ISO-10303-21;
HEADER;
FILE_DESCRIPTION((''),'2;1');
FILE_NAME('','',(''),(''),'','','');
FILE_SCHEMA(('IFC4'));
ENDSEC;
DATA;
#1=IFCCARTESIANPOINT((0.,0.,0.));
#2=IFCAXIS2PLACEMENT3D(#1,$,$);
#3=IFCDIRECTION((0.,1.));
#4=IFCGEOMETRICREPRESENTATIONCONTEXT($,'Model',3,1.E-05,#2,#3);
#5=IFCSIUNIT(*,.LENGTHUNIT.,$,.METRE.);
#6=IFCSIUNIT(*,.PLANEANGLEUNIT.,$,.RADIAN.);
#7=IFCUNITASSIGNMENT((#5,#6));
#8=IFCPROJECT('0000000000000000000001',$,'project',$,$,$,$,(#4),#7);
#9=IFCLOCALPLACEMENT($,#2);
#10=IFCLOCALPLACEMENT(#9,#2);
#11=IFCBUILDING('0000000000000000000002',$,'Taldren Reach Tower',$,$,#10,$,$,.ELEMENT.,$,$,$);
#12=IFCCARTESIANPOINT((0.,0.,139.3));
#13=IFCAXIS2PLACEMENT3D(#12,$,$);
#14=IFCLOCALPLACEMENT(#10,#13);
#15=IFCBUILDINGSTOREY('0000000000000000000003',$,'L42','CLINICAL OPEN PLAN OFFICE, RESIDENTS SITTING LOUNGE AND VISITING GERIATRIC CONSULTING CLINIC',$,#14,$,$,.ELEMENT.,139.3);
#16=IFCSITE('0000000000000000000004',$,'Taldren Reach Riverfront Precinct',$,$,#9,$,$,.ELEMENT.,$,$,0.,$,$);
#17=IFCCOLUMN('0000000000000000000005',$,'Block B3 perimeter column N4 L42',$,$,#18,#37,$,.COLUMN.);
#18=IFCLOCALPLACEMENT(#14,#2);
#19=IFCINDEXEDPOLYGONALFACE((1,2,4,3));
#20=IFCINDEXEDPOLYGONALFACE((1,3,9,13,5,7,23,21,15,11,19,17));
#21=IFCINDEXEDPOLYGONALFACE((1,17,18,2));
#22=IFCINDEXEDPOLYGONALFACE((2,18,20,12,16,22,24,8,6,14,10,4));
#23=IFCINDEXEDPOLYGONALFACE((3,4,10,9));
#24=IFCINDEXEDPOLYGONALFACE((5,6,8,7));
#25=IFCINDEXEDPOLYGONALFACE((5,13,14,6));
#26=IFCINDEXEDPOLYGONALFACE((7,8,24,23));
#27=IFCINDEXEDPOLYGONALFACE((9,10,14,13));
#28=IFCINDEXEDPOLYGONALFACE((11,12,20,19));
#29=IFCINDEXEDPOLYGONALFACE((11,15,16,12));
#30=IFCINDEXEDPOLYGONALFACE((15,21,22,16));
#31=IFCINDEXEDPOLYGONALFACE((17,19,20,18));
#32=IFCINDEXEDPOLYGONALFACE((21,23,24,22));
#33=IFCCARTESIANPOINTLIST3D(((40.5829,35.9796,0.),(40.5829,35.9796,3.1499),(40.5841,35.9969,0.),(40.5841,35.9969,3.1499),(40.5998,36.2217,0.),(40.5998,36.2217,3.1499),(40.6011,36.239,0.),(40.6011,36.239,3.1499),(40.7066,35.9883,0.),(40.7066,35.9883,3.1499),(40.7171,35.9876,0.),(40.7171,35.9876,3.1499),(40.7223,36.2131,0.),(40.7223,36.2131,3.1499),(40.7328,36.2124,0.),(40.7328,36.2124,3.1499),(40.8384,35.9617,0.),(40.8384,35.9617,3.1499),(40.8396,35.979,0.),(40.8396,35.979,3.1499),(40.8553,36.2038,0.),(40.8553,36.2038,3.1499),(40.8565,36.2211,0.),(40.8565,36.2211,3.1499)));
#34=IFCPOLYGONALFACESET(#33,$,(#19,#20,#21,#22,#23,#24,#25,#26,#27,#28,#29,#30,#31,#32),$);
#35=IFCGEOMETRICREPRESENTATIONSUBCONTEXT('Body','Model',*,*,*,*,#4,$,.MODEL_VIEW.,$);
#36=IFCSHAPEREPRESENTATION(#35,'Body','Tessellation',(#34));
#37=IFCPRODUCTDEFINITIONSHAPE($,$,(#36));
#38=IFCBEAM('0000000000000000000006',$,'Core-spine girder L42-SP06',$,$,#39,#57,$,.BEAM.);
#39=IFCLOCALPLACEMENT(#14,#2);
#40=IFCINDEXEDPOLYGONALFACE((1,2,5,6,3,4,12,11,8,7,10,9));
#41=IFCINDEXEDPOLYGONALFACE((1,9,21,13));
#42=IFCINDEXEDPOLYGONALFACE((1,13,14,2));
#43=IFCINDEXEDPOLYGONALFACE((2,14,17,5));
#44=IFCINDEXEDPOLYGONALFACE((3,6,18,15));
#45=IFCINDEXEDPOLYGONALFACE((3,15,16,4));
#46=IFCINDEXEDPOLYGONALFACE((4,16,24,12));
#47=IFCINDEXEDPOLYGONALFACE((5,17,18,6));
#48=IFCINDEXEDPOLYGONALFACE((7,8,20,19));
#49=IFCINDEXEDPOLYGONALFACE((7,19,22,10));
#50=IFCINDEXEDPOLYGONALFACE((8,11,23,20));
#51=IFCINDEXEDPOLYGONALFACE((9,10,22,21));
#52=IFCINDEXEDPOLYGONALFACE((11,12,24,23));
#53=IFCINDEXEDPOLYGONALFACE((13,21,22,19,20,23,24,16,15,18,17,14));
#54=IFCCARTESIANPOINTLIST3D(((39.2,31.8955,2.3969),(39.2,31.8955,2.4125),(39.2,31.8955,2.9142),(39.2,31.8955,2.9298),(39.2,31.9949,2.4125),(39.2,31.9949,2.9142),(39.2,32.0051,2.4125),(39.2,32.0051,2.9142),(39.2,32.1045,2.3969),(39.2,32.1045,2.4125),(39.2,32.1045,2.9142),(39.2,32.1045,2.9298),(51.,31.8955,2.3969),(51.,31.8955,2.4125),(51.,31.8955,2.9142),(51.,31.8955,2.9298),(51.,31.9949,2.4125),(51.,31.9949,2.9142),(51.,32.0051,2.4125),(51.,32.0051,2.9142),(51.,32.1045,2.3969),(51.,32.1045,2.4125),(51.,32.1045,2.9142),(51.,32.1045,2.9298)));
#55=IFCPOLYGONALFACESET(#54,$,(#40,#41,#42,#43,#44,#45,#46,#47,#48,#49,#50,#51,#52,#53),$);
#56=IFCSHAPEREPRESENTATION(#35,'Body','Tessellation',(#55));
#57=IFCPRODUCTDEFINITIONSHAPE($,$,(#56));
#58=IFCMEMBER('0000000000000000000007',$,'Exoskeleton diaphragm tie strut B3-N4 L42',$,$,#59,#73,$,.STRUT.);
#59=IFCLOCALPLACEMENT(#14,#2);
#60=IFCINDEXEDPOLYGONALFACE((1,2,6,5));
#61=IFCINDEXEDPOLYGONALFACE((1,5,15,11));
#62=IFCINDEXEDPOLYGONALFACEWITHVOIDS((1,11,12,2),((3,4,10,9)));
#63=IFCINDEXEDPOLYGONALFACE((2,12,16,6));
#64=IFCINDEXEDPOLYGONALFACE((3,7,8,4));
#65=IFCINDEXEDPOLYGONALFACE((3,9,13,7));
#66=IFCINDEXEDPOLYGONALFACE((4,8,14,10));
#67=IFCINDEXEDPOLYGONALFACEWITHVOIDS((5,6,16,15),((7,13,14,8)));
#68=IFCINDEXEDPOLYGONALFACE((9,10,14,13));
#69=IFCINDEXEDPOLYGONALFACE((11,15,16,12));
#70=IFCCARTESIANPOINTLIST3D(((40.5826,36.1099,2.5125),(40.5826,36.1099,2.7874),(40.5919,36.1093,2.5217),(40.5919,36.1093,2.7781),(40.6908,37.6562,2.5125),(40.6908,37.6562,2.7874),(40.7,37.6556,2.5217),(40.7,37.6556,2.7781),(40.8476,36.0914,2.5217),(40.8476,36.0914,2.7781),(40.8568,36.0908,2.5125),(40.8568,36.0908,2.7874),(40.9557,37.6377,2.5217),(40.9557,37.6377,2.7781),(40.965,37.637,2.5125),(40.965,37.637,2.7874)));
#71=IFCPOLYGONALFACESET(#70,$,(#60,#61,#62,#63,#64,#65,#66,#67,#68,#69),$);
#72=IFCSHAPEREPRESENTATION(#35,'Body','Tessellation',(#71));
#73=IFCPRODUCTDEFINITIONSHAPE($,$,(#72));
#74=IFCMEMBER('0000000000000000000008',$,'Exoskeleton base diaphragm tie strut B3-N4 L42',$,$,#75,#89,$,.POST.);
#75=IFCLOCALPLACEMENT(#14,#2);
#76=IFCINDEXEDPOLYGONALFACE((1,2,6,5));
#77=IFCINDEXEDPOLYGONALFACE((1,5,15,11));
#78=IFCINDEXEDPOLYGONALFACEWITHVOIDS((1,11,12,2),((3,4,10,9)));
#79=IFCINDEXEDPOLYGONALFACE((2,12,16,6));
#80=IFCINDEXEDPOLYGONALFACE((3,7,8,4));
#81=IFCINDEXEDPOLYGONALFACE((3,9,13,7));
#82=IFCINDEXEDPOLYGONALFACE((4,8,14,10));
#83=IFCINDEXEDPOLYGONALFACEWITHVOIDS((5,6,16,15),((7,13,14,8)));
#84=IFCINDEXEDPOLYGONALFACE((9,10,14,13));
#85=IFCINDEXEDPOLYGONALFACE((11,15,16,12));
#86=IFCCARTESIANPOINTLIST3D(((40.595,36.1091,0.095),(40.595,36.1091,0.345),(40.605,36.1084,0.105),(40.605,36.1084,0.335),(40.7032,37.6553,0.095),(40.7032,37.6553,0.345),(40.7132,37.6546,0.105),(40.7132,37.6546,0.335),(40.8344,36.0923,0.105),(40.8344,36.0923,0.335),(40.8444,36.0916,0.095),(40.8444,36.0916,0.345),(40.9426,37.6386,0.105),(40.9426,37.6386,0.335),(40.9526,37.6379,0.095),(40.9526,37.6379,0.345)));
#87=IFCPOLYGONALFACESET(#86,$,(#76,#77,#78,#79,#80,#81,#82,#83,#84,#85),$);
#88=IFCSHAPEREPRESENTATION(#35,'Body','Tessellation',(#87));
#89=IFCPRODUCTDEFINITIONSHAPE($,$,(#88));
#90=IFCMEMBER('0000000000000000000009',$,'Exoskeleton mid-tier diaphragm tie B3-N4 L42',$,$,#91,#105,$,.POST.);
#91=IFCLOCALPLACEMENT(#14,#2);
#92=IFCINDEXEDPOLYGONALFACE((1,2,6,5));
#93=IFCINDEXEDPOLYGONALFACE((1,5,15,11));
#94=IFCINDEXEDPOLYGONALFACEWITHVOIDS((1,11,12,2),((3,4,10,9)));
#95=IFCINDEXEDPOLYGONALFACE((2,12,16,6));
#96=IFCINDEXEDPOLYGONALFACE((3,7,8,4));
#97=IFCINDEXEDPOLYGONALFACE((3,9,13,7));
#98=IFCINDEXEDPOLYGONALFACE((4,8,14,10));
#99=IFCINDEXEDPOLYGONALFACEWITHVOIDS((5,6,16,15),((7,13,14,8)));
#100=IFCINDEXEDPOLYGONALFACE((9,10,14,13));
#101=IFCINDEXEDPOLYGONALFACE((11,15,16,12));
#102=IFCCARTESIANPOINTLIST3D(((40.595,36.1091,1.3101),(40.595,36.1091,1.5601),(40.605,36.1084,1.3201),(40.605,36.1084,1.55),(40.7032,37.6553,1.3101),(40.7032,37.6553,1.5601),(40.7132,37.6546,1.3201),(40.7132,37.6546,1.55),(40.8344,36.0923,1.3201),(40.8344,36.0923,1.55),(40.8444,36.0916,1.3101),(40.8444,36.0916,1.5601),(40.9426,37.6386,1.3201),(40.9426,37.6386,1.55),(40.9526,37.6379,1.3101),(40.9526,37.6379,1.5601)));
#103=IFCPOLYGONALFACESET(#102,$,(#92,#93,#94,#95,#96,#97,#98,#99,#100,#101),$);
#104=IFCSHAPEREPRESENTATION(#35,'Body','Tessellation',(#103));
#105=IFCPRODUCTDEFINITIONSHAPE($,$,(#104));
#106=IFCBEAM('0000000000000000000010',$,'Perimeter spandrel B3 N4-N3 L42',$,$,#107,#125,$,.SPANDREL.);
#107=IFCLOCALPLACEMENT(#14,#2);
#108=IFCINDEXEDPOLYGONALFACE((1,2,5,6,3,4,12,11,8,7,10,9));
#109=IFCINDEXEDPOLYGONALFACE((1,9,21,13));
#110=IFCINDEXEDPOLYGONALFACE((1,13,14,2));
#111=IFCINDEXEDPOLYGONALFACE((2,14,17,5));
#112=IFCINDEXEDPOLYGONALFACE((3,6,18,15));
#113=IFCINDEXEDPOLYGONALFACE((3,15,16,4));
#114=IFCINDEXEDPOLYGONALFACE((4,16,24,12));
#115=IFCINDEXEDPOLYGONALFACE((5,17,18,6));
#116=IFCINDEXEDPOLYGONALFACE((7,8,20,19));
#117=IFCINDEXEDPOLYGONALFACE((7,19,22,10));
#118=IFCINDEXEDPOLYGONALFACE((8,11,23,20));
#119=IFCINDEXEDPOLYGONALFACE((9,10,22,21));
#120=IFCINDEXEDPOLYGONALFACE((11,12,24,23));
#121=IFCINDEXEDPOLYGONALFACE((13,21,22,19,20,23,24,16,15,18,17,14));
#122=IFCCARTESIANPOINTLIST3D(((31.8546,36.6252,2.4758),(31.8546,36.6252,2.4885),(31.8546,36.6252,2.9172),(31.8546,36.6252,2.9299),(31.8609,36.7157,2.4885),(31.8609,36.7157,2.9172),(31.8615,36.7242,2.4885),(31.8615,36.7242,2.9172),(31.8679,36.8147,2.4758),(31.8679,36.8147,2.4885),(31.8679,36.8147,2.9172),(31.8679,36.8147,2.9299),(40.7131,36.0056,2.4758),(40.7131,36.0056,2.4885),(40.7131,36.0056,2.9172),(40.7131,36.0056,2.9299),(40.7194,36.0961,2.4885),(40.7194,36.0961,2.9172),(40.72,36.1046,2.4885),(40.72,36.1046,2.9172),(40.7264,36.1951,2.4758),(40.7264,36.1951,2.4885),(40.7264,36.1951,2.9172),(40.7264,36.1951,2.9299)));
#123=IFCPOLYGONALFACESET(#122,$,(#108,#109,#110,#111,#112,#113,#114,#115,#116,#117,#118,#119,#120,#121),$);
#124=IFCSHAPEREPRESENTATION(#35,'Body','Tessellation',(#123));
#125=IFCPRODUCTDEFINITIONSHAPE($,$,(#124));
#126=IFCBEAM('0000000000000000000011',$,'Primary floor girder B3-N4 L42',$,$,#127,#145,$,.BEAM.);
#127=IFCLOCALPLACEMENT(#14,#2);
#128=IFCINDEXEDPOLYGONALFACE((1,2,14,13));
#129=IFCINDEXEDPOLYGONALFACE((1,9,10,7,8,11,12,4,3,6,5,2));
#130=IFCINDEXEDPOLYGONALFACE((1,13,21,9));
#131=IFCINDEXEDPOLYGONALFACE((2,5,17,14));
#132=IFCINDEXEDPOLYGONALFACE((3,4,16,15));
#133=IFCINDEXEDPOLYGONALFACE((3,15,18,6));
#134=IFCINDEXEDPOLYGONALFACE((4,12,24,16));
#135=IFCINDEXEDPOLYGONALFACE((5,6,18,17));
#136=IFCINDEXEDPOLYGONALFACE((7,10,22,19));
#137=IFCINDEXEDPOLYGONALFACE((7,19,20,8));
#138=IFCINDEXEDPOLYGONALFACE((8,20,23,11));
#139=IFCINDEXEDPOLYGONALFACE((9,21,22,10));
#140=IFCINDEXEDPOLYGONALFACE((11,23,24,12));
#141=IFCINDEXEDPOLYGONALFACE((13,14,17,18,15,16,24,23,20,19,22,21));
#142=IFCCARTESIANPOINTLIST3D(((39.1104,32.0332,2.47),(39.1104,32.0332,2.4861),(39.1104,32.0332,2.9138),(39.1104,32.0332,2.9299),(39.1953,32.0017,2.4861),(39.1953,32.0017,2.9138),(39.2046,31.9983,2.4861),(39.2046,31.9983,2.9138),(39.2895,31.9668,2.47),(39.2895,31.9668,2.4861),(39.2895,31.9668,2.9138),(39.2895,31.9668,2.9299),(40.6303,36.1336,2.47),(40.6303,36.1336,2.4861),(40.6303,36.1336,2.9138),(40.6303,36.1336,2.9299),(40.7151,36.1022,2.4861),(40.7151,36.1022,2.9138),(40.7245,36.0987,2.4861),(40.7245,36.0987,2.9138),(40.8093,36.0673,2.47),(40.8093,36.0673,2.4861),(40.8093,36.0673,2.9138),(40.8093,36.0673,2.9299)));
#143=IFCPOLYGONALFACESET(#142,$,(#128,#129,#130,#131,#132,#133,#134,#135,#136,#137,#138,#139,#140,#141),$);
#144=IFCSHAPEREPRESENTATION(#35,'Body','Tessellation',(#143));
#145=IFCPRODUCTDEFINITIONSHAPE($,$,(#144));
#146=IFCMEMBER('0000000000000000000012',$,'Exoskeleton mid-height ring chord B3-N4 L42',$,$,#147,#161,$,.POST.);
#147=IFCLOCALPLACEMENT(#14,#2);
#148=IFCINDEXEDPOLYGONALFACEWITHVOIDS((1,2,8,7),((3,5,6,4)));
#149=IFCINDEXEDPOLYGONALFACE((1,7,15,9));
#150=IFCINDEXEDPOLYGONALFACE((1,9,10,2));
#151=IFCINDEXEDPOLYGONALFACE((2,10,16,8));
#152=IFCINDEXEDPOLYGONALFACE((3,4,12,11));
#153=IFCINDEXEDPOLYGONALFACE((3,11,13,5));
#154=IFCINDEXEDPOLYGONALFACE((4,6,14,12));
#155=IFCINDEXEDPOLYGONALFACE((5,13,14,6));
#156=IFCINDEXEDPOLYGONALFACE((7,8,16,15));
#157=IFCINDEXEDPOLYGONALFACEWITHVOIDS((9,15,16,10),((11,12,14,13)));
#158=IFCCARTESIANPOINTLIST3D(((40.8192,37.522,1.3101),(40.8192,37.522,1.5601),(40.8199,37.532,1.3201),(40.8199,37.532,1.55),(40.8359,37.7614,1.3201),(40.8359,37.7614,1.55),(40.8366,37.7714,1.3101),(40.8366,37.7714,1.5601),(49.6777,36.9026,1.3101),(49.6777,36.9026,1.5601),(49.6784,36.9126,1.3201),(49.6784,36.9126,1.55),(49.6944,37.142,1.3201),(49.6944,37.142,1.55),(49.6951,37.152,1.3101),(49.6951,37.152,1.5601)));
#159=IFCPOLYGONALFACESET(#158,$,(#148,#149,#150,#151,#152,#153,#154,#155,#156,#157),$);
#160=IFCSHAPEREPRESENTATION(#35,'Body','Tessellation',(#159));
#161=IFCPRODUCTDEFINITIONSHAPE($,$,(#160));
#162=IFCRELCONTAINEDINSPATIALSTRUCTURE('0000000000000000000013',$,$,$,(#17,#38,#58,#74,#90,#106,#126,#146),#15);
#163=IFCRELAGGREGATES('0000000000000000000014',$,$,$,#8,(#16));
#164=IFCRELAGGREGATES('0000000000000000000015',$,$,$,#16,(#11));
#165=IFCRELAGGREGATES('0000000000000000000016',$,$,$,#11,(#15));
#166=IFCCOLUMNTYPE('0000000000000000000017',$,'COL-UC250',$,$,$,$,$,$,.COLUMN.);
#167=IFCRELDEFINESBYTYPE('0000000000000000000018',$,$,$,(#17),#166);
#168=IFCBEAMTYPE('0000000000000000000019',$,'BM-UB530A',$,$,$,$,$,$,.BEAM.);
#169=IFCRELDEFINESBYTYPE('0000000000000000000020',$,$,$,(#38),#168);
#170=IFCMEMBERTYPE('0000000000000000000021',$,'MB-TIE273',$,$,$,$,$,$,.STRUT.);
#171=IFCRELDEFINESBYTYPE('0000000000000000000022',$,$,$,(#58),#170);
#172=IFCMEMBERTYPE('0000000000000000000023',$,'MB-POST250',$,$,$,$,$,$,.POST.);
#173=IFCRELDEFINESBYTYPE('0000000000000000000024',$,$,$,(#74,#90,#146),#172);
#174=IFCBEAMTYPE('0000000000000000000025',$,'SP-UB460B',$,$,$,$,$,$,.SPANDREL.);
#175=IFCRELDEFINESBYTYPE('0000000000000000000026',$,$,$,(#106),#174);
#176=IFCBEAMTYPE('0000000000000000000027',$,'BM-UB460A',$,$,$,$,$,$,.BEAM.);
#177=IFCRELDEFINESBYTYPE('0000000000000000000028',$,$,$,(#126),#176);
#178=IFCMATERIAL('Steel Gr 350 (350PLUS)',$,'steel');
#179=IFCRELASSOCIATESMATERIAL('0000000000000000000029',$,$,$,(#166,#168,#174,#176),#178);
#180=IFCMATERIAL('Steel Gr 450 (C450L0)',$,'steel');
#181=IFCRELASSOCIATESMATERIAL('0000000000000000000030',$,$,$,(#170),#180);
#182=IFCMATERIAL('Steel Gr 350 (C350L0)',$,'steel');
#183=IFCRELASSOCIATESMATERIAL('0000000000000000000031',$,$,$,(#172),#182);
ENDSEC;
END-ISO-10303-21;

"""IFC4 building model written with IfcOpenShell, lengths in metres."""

from ifc_helpers import new_model, si_unit, direction, frame, origin, origin_2d, place, context, subcontext, project, spatial, hollow_rectangle, i_section, extrude, source, transform, mapped, material, material_profile, profile_set, type_object, element, save


model = new_model("IFC4")

# Units and contexts
model_context = context("Model", 3, precision=1e-05, world=origin(), true_north=direction((0.0, 1.0)))
body_context = subcontext(model_context, "Body", "Model", "MODEL_VIEW")
ifc_project = project(units=[si_unit("LENGTHUNIT", "METRE"), si_unit("PLANEANGLEUNIT", "RADIAN")], contexts=[model_context])

# Site, building, storey
site_placement = place(None, origin())
site = spatial("IfcSite", under=ifc_project, at=site_placement, Name="Taldren Reach Riverfront Precinct", CompositionType="ELEMENT", RefElevation=0.0)
building_placement = place(site_placement, origin())
building = spatial("IfcBuilding", under=site, at=building_placement, Name="Taldren Reach Tower", CompositionType="ELEMENT")
storey_placement = place(building_placement, frame((0.0, 0.0, 139.3)))
storey = spatial("IfcBuildingStorey", under=building, at=storey_placement, Name="L42", Description="CLINICAL OPEN PLAN OFFICE, RESIDENTS SITTING LOUNGE AND VISITING GERIATRIC CONSULTING CLINIC", CompositionType="ELEMENT", Elevation=139.3)

# Column
ifc_material_1 = material(Name="Steel Gr 350 (350PLUS)", Category="steel")
ifc_material_profile_1 = material_profile(ifc_material_1, i_section(OverallWidth=0.2561, OverallDepth=0.26, WebThickness=0.0105, FlangeThickness=0.0173, at=origin_2d()), Name="250UC89.5")
ifc_profile_set_1 = profile_set([ifc_material_profile_1], Name="Steel Gr 350 (350PLUS)")
column_type = type_object("IfcColumnType", Name="COL-UC250", PredefinedType="COLUMN", material=ifc_profile_set_1)
shared_shape_1 = source(origin(), body_context, "Body", "SweptSolid", [
    extrude(i_section(OverallWidth=0.2561, OverallDepth=0.26, WebThickness=0.0105, FlangeThickness=0.0173, at=origin_2d()), origin(), (0.0, 0.0, 1.0), 3.1499),
])
column_placement = place(storey_placement, frame((40.7197, 36.1003, 0.0), z_axis=(0.0, 0.0, 1.0), x_axis=(0.997564, -0.069756, 0.0)))
element("IfcColumn", 1, at=column_placement, inside=storey, type_object=column_type, Name="Block B3 perimeter column N4 L42", PredefinedType="COLUMN", context=body_context, shape_type="MappedRepresentation", body=[
    mapped(shared_shape_1, transform((0.0, 0.0, 0.0), scale=1.0)),
])

# Beam
ifc_material_profile_2 = material_profile(ifc_material_1, i_section(OverallWidth=0.209, OverallDepth=0.533, WebThickness=0.0103, FlangeThickness=0.0156, at=origin_2d()), Name="530UB92.4")
ifc_profile_set_2 = profile_set([ifc_material_profile_2], Name="Steel Gr 350 (350PLUS)")
beam_type_1 = type_object("IfcBeamType", Name="BM-UB530A", PredefinedType="BEAM", material=ifc_profile_set_2)
shared_shape_2 = source(origin(), body_context, "Body", "SweptSolid", [
    extrude(i_section(OverallWidth=0.209, OverallDepth=0.533, WebThickness=0.0103, FlangeThickness=0.0156, at=origin_2d()), origin(), (0.0, 0.0, 1.0), 11.8),
])
beam_1_placement = place(storey_placement, frame((39.2, 32.0, 2.6633), z_axis=(1.0, 0.0, 0.0), x_axis=(0.0, 1.0, 0.0)))
element("IfcBeam", 2, at=beam_1_placement, inside=storey, type_object=beam_type_1, Name="Core-spine girder L42-SP06", PredefinedType="BEAM", context=body_context, shape_type="MappedRepresentation", body=[
    mapped(shared_shape_2, transform((0.0, 0.0, 0.0), scale=1.0)),
])

# Members
ifc_material_2 = material(Name="Steel Gr 450 (C450L0)", Category="steel")
ifc_material_profile_3 = material_profile(ifc_material_2, hollow_rectangle(XDim=0.2749, YDim=0.2749, WallThickness=0.0093, at=origin_2d()), Name="275x275x9.3SHS")
ifc_profile_set_3 = profile_set([ifc_material_profile_3], Name="Steel Gr 450 (C450L0)")
member_type_1 = type_object("IfcMemberType", Name="MB-TIE273", PredefinedType="STRUT", material=ifc_profile_set_3)
shared_shape_3 = source(origin(), body_context, "Body", "SweptSolid", [
    extrude(hollow_rectangle(XDim=0.2749, YDim=0.2749, WallThickness=0.0093, at=origin_2d()), origin(), (0.0, 0.0, 1.0), 1.55),
])
member_1_placement = place(storey_placement, frame((40.7197, 36.1003, 2.6499), z_axis=(0.06977, 0.997563, 0.0), x_axis=(-0.997563, 0.06977, 0.0)))
element("IfcMember", 3, at=member_1_placement, inside=storey, type_object=member_type_1, Name="Exoskeleton diaphragm tie strut B3-N4 L42", PredefinedType="STRUT", context=body_context, shape_type="MappedRepresentation", body=[
    mapped(shared_shape_3, transform((0.0, 0.0, 0.0), scale=1.0)),
])
ifc_material_3 = material(Name="Steel Gr 350 (C350L0)", Category="steel")
ifc_material_profile_4 = material_profile(ifc_material_3, hollow_rectangle(XDim=0.25, YDim=0.25, WallThickness=0.01, at=origin_2d()), Name="250x250x10.0SHS")
ifc_profile_set_4 = profile_set([ifc_material_profile_4], Name="Steel Gr 350 (C350L0)")
member_type_2 = type_object("IfcMemberType", Name="MB-POST250", PredefinedType="POST", material=ifc_profile_set_4)
shared_shape_4 = source(origin(), body_context, "Body", "SweptSolid", [
    extrude(hollow_rectangle(XDim=0.25, YDim=0.25, WallThickness=0.01, at=origin_2d()), origin(), (0.0, 0.0, 1.0), 1.55),
])
for number, where, z_axis, x_axis, name in (
    (4, (40.7197, 36.1003, 0.22), (0.06977, 0.997563, 0.0), (-0.997563, 0.06977, 0.0), "Exoskeleton base diaphragm tie strut B3-N4 L42"),
    (5, (40.7197, 36.1003, 1.4351), (0.06977, 0.997563, 0.0), (-0.997563, 0.06977, 0.0), "Exoskeleton mid-tier diaphragm tie B3-N4 L42"),
):
    element("IfcMember", number, at=place(storey_placement, frame(where, z_axis=z_axis, x_axis=x_axis)), inside=storey, type_object=member_type_2, Name=name, PredefinedType="POST", context=body_context, shape_type="MappedRepresentation", body=[
        mapped(shared_shape_4, transform((0.0, 0.0, 0.0), scale=1.0)),
    ])

# Beams
ifc_material_profile_5 = material_profile(ifc_material_1, i_section(OverallWidth=0.1899, OverallDepth=0.4541, WebThickness=0.0085, FlangeThickness=0.0127, at=origin_2d()), Name="460UB67.1")
ifc_profile_set_5 = profile_set([ifc_material_profile_5], Name="Steel Gr 350 (350PLUS)")
beam_type_2 = type_object("IfcBeamType", Name="SP-UB460B", PredefinedType="SPANDREL", material=ifc_profile_set_5)
shared_shape_5 = source(origin(), body_context, "Body", "SweptSolid", [
    extrude(i_section(OverallWidth=0.1899, OverallDepth=0.4541, WebThickness=0.0085, FlangeThickness=0.0127, at=origin_2d()), origin(), (0.0, 0.0, 1.0), 8.8801),
])
beam_2_placement = place(storey_placement, frame((40.7197, 36.1003, 2.7029), z_axis=(-0.997563, 0.069778, 0.0), x_axis=(-0.069778, -0.997563, 0.0)))
element("IfcBeam", 6, at=beam_2_placement, inside=storey, type_object=beam_type_2, Name="Perimeter spandrel B3 N4-N3 L42", PredefinedType="SPANDREL", context=body_context, shape_type="MappedRepresentation", body=[
    mapped(shared_shape_5, transform((0.0, 0.0, 0.0), scale=1.0)),
])
ifc_material_profile_6 = material_profile(ifc_material_1, i_section(OverallWidth=0.1909, OverallDepth=0.46, WebThickness=0.01, FlangeThickness=0.0161, at=origin_2d()), Name="460UB82.1")
ifc_profile_set_6 = profile_set([ifc_material_profile_6], Name="Steel Gr 350 (350PLUS)")
beam_type_3 = type_object("IfcBeamType", Name="BM-UB460A", PredefinedType="BEAM", material=ifc_profile_set_6)
shared_shape_6 = source(origin(), body_context, "Body", "SweptSolid", [
    extrude(i_section(OverallWidth=0.1909, OverallDepth=0.46, WebThickness=0.01, FlangeThickness=0.0161, at=origin_2d()), origin(), (0.0, 0.0, 1.0), 4.373),
])
beam_3_placement = place(storey_placement, frame((39.2, 32.0, 2.7), z_axis=(0.347542, 0.937665, 0.0), x_axis=(-0.937665, 0.347542, 0.0)))
element("IfcBeam", 7, at=beam_3_placement, inside=storey, type_object=beam_type_3, Name="Primary floor girder B3-N4 L42", PredefinedType="BEAM", context=body_context, shape_type="MappedRepresentation", body=[
    mapped(shared_shape_6, transform((0.0, 0.0, 0.0), scale=1.0)),
])

# Member
shared_shape_7 = source(origin(), body_context, "Body", "SweptSolid", [
    extrude(hollow_rectangle(XDim=0.25, YDim=0.25, WallThickness=0.01, at=origin_2d()), origin(), (0.0, 0.0, 1.0), 8.8801),
])
member_2_placement = place(storey_placement, frame((40.8279, 37.6467, 1.4351), z_axis=(0.997564, -0.06975, 0.0), x_axis=(0.06975, 0.997564, 0.0)))
element("IfcMember", 8, at=member_2_placement, inside=storey, type_object=member_type_2, Name="Exoskeleton mid-height ring chord B3-N4 L42", PredefinedType="POST", context=body_context, shape_type="MappedRepresentation", body=[
    mapped(shared_shape_7, transform((0.0, 0.0, 0.0), scale=1.0)),
])

save(model, "model.ifc")
